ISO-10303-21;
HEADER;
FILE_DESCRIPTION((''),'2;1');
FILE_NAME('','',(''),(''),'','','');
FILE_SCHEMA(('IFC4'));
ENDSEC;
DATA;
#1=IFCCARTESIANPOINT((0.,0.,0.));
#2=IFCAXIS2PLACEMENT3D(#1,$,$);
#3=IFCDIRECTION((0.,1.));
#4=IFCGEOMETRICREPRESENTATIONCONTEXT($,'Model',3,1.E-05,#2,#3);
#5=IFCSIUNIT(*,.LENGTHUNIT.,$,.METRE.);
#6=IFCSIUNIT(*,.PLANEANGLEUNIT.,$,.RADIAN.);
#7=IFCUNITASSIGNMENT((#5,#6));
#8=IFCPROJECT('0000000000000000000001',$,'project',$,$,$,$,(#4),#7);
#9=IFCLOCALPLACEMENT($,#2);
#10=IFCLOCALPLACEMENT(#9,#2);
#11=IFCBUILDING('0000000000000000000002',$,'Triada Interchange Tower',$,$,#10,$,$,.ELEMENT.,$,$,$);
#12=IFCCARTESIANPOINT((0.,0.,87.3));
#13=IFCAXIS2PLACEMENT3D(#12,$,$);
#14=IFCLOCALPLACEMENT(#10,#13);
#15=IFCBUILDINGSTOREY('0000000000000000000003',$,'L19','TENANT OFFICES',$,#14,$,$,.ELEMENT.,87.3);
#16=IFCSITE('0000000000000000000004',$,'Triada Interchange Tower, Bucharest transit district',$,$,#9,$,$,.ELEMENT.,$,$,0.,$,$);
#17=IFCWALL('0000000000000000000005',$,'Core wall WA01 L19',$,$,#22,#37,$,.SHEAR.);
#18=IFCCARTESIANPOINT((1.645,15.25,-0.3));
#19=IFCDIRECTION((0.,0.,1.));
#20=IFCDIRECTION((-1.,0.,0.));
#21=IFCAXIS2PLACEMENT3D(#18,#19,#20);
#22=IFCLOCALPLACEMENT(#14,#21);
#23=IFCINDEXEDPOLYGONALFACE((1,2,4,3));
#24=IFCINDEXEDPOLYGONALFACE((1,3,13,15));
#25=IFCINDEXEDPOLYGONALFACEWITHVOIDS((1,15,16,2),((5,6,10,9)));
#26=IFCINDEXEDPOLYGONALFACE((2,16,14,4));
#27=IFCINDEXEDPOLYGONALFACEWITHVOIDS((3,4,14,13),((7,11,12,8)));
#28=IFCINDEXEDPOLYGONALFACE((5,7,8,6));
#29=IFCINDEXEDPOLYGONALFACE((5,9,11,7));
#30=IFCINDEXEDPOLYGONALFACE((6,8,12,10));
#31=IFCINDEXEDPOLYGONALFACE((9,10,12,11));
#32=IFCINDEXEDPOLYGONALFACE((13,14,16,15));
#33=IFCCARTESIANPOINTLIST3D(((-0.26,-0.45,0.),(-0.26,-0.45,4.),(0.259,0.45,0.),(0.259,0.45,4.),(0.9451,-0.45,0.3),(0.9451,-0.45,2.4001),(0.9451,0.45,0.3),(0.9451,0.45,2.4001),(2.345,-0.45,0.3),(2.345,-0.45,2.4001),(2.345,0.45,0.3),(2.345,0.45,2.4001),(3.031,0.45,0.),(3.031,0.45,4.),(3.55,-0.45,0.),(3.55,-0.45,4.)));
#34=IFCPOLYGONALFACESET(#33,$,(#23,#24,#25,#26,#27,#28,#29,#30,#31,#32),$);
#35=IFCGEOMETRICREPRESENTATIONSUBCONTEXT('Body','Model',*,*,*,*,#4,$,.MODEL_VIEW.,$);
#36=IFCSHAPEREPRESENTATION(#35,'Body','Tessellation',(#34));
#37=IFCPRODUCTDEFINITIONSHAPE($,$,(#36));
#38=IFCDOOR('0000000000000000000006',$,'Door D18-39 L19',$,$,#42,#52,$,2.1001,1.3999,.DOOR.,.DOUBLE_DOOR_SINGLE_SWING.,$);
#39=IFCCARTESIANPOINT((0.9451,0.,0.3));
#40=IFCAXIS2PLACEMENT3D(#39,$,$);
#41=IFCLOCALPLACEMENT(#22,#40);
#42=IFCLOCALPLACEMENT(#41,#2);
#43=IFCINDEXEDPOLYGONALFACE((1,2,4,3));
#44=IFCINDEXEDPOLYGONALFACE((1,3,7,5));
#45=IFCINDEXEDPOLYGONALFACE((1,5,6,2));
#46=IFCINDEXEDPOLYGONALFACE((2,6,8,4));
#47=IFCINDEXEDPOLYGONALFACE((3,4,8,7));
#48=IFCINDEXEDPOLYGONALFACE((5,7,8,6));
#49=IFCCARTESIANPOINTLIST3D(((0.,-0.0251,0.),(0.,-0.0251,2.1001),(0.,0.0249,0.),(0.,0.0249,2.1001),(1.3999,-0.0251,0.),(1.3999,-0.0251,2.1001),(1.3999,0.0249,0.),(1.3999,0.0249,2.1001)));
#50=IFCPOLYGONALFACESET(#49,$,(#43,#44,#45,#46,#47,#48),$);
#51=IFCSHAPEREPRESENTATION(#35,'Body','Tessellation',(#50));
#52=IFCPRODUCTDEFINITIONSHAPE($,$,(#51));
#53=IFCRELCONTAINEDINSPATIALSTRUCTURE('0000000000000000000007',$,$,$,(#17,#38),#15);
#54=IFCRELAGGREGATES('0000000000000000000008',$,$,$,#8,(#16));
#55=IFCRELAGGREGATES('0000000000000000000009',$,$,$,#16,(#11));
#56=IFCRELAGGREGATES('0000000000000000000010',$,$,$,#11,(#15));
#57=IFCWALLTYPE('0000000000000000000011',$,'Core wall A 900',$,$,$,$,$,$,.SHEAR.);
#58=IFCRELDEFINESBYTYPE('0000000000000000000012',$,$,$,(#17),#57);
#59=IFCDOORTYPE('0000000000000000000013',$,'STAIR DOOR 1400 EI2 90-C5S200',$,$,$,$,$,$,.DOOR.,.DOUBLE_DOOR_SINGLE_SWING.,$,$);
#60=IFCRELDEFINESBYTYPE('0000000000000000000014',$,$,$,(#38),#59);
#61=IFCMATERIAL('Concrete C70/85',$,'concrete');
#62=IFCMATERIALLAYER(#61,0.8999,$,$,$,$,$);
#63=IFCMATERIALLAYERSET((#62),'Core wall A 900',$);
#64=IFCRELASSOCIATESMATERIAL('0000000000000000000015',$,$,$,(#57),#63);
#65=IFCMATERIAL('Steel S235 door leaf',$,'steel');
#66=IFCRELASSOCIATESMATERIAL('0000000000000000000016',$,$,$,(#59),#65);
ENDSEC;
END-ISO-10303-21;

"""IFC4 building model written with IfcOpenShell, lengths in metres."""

from ifc_helpers import new_model, si_unit, direction, frame, frame_2d, origin, place, context, subcontext, project, spatial, polyline, rectangle, outline, extrude, material, layer, layer_set, type_object, element, fill, save


model = new_model("IFC4")

# Units and contexts
model_context = context("Model", 3, precision=1e-05, world=origin(), true_north=direction((0.0, 1.0)))
body_context = subcontext(model_context, "Body", "Model", "MODEL_VIEW")
ifc_project = project(units=[si_unit("LENGTHUNIT", "METRE"), si_unit("PLANEANGLEUNIT", "RADIAN")], contexts=[model_context])

# Site, building, storey
site_placement = place(None, origin())
site = spatial("IfcSite", under=ifc_project, at=site_placement, Name="Triada Interchange Tower, Bucharest transit district", CompositionType="ELEMENT", RefElevation=0.0)
building_placement = place(site_placement, origin())
building = spatial("IfcBuilding", under=site, at=building_placement, Name="Triada Interchange Tower", CompositionType="ELEMENT")
storey_placement = place(building_placement, frame((0.0, 0.0, 87.3)))
storey = spatial("IfcBuildingStorey", under=building, at=storey_placement, Name="L19", Description="TENANT OFFICES", CompositionType="ELEMENT", Elevation=87.3)

# Shared definitions
ifc_material_1 = material(Name="Concrete C70/85", Category="concrete")

# Wall, opening, door
ifc_layer_1 = layer(ifc_material_1, 0.8999)
ifc_layer_set_1 = layer_set([ifc_layer_1], Name="Core wall A 900")
wall_type_1 = type_object("IfcWallType", Name="Core wall A 900", PredefinedType="SHEAR", material=ifc_layer_set_1)
wall_1_placement = place(storey_placement, frame((1.645, 15.25, -0.3), z_axis=(0.0, 0.0, 1.0), x_axis=(-1.0, 0.0, 0.0)))
wall_1 = element("IfcWall", 1, at=wall_1_placement, inside=storey, type_object=wall_type_1, Name="Core wall WA01 L19", PredefinedType="SHEAR", context=body_context, shape_type="SweptSolid", body=[
    extrude(outline(polyline([(-0.26, -0.45), (1.645, -0.45), (3.55, -0.45), (3.031, 0.45), (1.645, 0.45), (0.259, 0.45), (-0.26, -0.45)])), origin(), (0.0, 0.0, 1.0), 4.0),
])
opening_1_placement = place(wall_1_placement, frame((0.9451, 0.0, 0.3)))
opening_1 = element("IfcOpeningElement", 2, at=opening_1_placement, cuts=wall_1, PredefinedType="OPENING", context=body_context, shape_type="SweptSolid", body=[
    extrude(rectangle(XDim=1.3999, YDim=2.1001, at=frame_2d((0.7, 1.05))), frame((0.0, 0.46, 0.0), z_axis=(0.0, -1.0, 0.0), x_axis=(1.0, 0.0, 0.0)), (0.0, 0.0, 1.0), 0.9199),
])
ifc_material_2 = material(Name="Steel S235 door leaf", Category="steel")
door_type_1 = type_object("IfcDoorType", Name="STAIR DOOR 1400 EI2 90-C5S200", OperationType="DOUBLE_DOOR_SINGLE_SWING", PredefinedType="DOOR", material=ifc_material_2)
door_1_placement = place(opening_1_placement, origin())
door_1 = element("IfcDoor", 3, at=door_1_placement, inside=storey, type_object=door_type_1, Name="Door D18-39 L19", OperationType="DOUBLE_DOOR_SINGLE_SWING", OverallHeight=2.1001, OverallWidth=1.3999, PredefinedType="DOOR", context=body_context, shape_type="SweptSolid", body=[
    extrude(rectangle(XDim=1.3999, YDim=2.1001, at=frame_2d((0.7, 1.05))), frame((0.0, 0.0249, 0.0), z_axis=(0.0, -1.0, 0.0), x_axis=(1.0, 0.0, 0.0)), (0.0, 0.0, 1.0), 0.05),
])
fill(opening_1, door_1)

save(model, "model.ifc")
